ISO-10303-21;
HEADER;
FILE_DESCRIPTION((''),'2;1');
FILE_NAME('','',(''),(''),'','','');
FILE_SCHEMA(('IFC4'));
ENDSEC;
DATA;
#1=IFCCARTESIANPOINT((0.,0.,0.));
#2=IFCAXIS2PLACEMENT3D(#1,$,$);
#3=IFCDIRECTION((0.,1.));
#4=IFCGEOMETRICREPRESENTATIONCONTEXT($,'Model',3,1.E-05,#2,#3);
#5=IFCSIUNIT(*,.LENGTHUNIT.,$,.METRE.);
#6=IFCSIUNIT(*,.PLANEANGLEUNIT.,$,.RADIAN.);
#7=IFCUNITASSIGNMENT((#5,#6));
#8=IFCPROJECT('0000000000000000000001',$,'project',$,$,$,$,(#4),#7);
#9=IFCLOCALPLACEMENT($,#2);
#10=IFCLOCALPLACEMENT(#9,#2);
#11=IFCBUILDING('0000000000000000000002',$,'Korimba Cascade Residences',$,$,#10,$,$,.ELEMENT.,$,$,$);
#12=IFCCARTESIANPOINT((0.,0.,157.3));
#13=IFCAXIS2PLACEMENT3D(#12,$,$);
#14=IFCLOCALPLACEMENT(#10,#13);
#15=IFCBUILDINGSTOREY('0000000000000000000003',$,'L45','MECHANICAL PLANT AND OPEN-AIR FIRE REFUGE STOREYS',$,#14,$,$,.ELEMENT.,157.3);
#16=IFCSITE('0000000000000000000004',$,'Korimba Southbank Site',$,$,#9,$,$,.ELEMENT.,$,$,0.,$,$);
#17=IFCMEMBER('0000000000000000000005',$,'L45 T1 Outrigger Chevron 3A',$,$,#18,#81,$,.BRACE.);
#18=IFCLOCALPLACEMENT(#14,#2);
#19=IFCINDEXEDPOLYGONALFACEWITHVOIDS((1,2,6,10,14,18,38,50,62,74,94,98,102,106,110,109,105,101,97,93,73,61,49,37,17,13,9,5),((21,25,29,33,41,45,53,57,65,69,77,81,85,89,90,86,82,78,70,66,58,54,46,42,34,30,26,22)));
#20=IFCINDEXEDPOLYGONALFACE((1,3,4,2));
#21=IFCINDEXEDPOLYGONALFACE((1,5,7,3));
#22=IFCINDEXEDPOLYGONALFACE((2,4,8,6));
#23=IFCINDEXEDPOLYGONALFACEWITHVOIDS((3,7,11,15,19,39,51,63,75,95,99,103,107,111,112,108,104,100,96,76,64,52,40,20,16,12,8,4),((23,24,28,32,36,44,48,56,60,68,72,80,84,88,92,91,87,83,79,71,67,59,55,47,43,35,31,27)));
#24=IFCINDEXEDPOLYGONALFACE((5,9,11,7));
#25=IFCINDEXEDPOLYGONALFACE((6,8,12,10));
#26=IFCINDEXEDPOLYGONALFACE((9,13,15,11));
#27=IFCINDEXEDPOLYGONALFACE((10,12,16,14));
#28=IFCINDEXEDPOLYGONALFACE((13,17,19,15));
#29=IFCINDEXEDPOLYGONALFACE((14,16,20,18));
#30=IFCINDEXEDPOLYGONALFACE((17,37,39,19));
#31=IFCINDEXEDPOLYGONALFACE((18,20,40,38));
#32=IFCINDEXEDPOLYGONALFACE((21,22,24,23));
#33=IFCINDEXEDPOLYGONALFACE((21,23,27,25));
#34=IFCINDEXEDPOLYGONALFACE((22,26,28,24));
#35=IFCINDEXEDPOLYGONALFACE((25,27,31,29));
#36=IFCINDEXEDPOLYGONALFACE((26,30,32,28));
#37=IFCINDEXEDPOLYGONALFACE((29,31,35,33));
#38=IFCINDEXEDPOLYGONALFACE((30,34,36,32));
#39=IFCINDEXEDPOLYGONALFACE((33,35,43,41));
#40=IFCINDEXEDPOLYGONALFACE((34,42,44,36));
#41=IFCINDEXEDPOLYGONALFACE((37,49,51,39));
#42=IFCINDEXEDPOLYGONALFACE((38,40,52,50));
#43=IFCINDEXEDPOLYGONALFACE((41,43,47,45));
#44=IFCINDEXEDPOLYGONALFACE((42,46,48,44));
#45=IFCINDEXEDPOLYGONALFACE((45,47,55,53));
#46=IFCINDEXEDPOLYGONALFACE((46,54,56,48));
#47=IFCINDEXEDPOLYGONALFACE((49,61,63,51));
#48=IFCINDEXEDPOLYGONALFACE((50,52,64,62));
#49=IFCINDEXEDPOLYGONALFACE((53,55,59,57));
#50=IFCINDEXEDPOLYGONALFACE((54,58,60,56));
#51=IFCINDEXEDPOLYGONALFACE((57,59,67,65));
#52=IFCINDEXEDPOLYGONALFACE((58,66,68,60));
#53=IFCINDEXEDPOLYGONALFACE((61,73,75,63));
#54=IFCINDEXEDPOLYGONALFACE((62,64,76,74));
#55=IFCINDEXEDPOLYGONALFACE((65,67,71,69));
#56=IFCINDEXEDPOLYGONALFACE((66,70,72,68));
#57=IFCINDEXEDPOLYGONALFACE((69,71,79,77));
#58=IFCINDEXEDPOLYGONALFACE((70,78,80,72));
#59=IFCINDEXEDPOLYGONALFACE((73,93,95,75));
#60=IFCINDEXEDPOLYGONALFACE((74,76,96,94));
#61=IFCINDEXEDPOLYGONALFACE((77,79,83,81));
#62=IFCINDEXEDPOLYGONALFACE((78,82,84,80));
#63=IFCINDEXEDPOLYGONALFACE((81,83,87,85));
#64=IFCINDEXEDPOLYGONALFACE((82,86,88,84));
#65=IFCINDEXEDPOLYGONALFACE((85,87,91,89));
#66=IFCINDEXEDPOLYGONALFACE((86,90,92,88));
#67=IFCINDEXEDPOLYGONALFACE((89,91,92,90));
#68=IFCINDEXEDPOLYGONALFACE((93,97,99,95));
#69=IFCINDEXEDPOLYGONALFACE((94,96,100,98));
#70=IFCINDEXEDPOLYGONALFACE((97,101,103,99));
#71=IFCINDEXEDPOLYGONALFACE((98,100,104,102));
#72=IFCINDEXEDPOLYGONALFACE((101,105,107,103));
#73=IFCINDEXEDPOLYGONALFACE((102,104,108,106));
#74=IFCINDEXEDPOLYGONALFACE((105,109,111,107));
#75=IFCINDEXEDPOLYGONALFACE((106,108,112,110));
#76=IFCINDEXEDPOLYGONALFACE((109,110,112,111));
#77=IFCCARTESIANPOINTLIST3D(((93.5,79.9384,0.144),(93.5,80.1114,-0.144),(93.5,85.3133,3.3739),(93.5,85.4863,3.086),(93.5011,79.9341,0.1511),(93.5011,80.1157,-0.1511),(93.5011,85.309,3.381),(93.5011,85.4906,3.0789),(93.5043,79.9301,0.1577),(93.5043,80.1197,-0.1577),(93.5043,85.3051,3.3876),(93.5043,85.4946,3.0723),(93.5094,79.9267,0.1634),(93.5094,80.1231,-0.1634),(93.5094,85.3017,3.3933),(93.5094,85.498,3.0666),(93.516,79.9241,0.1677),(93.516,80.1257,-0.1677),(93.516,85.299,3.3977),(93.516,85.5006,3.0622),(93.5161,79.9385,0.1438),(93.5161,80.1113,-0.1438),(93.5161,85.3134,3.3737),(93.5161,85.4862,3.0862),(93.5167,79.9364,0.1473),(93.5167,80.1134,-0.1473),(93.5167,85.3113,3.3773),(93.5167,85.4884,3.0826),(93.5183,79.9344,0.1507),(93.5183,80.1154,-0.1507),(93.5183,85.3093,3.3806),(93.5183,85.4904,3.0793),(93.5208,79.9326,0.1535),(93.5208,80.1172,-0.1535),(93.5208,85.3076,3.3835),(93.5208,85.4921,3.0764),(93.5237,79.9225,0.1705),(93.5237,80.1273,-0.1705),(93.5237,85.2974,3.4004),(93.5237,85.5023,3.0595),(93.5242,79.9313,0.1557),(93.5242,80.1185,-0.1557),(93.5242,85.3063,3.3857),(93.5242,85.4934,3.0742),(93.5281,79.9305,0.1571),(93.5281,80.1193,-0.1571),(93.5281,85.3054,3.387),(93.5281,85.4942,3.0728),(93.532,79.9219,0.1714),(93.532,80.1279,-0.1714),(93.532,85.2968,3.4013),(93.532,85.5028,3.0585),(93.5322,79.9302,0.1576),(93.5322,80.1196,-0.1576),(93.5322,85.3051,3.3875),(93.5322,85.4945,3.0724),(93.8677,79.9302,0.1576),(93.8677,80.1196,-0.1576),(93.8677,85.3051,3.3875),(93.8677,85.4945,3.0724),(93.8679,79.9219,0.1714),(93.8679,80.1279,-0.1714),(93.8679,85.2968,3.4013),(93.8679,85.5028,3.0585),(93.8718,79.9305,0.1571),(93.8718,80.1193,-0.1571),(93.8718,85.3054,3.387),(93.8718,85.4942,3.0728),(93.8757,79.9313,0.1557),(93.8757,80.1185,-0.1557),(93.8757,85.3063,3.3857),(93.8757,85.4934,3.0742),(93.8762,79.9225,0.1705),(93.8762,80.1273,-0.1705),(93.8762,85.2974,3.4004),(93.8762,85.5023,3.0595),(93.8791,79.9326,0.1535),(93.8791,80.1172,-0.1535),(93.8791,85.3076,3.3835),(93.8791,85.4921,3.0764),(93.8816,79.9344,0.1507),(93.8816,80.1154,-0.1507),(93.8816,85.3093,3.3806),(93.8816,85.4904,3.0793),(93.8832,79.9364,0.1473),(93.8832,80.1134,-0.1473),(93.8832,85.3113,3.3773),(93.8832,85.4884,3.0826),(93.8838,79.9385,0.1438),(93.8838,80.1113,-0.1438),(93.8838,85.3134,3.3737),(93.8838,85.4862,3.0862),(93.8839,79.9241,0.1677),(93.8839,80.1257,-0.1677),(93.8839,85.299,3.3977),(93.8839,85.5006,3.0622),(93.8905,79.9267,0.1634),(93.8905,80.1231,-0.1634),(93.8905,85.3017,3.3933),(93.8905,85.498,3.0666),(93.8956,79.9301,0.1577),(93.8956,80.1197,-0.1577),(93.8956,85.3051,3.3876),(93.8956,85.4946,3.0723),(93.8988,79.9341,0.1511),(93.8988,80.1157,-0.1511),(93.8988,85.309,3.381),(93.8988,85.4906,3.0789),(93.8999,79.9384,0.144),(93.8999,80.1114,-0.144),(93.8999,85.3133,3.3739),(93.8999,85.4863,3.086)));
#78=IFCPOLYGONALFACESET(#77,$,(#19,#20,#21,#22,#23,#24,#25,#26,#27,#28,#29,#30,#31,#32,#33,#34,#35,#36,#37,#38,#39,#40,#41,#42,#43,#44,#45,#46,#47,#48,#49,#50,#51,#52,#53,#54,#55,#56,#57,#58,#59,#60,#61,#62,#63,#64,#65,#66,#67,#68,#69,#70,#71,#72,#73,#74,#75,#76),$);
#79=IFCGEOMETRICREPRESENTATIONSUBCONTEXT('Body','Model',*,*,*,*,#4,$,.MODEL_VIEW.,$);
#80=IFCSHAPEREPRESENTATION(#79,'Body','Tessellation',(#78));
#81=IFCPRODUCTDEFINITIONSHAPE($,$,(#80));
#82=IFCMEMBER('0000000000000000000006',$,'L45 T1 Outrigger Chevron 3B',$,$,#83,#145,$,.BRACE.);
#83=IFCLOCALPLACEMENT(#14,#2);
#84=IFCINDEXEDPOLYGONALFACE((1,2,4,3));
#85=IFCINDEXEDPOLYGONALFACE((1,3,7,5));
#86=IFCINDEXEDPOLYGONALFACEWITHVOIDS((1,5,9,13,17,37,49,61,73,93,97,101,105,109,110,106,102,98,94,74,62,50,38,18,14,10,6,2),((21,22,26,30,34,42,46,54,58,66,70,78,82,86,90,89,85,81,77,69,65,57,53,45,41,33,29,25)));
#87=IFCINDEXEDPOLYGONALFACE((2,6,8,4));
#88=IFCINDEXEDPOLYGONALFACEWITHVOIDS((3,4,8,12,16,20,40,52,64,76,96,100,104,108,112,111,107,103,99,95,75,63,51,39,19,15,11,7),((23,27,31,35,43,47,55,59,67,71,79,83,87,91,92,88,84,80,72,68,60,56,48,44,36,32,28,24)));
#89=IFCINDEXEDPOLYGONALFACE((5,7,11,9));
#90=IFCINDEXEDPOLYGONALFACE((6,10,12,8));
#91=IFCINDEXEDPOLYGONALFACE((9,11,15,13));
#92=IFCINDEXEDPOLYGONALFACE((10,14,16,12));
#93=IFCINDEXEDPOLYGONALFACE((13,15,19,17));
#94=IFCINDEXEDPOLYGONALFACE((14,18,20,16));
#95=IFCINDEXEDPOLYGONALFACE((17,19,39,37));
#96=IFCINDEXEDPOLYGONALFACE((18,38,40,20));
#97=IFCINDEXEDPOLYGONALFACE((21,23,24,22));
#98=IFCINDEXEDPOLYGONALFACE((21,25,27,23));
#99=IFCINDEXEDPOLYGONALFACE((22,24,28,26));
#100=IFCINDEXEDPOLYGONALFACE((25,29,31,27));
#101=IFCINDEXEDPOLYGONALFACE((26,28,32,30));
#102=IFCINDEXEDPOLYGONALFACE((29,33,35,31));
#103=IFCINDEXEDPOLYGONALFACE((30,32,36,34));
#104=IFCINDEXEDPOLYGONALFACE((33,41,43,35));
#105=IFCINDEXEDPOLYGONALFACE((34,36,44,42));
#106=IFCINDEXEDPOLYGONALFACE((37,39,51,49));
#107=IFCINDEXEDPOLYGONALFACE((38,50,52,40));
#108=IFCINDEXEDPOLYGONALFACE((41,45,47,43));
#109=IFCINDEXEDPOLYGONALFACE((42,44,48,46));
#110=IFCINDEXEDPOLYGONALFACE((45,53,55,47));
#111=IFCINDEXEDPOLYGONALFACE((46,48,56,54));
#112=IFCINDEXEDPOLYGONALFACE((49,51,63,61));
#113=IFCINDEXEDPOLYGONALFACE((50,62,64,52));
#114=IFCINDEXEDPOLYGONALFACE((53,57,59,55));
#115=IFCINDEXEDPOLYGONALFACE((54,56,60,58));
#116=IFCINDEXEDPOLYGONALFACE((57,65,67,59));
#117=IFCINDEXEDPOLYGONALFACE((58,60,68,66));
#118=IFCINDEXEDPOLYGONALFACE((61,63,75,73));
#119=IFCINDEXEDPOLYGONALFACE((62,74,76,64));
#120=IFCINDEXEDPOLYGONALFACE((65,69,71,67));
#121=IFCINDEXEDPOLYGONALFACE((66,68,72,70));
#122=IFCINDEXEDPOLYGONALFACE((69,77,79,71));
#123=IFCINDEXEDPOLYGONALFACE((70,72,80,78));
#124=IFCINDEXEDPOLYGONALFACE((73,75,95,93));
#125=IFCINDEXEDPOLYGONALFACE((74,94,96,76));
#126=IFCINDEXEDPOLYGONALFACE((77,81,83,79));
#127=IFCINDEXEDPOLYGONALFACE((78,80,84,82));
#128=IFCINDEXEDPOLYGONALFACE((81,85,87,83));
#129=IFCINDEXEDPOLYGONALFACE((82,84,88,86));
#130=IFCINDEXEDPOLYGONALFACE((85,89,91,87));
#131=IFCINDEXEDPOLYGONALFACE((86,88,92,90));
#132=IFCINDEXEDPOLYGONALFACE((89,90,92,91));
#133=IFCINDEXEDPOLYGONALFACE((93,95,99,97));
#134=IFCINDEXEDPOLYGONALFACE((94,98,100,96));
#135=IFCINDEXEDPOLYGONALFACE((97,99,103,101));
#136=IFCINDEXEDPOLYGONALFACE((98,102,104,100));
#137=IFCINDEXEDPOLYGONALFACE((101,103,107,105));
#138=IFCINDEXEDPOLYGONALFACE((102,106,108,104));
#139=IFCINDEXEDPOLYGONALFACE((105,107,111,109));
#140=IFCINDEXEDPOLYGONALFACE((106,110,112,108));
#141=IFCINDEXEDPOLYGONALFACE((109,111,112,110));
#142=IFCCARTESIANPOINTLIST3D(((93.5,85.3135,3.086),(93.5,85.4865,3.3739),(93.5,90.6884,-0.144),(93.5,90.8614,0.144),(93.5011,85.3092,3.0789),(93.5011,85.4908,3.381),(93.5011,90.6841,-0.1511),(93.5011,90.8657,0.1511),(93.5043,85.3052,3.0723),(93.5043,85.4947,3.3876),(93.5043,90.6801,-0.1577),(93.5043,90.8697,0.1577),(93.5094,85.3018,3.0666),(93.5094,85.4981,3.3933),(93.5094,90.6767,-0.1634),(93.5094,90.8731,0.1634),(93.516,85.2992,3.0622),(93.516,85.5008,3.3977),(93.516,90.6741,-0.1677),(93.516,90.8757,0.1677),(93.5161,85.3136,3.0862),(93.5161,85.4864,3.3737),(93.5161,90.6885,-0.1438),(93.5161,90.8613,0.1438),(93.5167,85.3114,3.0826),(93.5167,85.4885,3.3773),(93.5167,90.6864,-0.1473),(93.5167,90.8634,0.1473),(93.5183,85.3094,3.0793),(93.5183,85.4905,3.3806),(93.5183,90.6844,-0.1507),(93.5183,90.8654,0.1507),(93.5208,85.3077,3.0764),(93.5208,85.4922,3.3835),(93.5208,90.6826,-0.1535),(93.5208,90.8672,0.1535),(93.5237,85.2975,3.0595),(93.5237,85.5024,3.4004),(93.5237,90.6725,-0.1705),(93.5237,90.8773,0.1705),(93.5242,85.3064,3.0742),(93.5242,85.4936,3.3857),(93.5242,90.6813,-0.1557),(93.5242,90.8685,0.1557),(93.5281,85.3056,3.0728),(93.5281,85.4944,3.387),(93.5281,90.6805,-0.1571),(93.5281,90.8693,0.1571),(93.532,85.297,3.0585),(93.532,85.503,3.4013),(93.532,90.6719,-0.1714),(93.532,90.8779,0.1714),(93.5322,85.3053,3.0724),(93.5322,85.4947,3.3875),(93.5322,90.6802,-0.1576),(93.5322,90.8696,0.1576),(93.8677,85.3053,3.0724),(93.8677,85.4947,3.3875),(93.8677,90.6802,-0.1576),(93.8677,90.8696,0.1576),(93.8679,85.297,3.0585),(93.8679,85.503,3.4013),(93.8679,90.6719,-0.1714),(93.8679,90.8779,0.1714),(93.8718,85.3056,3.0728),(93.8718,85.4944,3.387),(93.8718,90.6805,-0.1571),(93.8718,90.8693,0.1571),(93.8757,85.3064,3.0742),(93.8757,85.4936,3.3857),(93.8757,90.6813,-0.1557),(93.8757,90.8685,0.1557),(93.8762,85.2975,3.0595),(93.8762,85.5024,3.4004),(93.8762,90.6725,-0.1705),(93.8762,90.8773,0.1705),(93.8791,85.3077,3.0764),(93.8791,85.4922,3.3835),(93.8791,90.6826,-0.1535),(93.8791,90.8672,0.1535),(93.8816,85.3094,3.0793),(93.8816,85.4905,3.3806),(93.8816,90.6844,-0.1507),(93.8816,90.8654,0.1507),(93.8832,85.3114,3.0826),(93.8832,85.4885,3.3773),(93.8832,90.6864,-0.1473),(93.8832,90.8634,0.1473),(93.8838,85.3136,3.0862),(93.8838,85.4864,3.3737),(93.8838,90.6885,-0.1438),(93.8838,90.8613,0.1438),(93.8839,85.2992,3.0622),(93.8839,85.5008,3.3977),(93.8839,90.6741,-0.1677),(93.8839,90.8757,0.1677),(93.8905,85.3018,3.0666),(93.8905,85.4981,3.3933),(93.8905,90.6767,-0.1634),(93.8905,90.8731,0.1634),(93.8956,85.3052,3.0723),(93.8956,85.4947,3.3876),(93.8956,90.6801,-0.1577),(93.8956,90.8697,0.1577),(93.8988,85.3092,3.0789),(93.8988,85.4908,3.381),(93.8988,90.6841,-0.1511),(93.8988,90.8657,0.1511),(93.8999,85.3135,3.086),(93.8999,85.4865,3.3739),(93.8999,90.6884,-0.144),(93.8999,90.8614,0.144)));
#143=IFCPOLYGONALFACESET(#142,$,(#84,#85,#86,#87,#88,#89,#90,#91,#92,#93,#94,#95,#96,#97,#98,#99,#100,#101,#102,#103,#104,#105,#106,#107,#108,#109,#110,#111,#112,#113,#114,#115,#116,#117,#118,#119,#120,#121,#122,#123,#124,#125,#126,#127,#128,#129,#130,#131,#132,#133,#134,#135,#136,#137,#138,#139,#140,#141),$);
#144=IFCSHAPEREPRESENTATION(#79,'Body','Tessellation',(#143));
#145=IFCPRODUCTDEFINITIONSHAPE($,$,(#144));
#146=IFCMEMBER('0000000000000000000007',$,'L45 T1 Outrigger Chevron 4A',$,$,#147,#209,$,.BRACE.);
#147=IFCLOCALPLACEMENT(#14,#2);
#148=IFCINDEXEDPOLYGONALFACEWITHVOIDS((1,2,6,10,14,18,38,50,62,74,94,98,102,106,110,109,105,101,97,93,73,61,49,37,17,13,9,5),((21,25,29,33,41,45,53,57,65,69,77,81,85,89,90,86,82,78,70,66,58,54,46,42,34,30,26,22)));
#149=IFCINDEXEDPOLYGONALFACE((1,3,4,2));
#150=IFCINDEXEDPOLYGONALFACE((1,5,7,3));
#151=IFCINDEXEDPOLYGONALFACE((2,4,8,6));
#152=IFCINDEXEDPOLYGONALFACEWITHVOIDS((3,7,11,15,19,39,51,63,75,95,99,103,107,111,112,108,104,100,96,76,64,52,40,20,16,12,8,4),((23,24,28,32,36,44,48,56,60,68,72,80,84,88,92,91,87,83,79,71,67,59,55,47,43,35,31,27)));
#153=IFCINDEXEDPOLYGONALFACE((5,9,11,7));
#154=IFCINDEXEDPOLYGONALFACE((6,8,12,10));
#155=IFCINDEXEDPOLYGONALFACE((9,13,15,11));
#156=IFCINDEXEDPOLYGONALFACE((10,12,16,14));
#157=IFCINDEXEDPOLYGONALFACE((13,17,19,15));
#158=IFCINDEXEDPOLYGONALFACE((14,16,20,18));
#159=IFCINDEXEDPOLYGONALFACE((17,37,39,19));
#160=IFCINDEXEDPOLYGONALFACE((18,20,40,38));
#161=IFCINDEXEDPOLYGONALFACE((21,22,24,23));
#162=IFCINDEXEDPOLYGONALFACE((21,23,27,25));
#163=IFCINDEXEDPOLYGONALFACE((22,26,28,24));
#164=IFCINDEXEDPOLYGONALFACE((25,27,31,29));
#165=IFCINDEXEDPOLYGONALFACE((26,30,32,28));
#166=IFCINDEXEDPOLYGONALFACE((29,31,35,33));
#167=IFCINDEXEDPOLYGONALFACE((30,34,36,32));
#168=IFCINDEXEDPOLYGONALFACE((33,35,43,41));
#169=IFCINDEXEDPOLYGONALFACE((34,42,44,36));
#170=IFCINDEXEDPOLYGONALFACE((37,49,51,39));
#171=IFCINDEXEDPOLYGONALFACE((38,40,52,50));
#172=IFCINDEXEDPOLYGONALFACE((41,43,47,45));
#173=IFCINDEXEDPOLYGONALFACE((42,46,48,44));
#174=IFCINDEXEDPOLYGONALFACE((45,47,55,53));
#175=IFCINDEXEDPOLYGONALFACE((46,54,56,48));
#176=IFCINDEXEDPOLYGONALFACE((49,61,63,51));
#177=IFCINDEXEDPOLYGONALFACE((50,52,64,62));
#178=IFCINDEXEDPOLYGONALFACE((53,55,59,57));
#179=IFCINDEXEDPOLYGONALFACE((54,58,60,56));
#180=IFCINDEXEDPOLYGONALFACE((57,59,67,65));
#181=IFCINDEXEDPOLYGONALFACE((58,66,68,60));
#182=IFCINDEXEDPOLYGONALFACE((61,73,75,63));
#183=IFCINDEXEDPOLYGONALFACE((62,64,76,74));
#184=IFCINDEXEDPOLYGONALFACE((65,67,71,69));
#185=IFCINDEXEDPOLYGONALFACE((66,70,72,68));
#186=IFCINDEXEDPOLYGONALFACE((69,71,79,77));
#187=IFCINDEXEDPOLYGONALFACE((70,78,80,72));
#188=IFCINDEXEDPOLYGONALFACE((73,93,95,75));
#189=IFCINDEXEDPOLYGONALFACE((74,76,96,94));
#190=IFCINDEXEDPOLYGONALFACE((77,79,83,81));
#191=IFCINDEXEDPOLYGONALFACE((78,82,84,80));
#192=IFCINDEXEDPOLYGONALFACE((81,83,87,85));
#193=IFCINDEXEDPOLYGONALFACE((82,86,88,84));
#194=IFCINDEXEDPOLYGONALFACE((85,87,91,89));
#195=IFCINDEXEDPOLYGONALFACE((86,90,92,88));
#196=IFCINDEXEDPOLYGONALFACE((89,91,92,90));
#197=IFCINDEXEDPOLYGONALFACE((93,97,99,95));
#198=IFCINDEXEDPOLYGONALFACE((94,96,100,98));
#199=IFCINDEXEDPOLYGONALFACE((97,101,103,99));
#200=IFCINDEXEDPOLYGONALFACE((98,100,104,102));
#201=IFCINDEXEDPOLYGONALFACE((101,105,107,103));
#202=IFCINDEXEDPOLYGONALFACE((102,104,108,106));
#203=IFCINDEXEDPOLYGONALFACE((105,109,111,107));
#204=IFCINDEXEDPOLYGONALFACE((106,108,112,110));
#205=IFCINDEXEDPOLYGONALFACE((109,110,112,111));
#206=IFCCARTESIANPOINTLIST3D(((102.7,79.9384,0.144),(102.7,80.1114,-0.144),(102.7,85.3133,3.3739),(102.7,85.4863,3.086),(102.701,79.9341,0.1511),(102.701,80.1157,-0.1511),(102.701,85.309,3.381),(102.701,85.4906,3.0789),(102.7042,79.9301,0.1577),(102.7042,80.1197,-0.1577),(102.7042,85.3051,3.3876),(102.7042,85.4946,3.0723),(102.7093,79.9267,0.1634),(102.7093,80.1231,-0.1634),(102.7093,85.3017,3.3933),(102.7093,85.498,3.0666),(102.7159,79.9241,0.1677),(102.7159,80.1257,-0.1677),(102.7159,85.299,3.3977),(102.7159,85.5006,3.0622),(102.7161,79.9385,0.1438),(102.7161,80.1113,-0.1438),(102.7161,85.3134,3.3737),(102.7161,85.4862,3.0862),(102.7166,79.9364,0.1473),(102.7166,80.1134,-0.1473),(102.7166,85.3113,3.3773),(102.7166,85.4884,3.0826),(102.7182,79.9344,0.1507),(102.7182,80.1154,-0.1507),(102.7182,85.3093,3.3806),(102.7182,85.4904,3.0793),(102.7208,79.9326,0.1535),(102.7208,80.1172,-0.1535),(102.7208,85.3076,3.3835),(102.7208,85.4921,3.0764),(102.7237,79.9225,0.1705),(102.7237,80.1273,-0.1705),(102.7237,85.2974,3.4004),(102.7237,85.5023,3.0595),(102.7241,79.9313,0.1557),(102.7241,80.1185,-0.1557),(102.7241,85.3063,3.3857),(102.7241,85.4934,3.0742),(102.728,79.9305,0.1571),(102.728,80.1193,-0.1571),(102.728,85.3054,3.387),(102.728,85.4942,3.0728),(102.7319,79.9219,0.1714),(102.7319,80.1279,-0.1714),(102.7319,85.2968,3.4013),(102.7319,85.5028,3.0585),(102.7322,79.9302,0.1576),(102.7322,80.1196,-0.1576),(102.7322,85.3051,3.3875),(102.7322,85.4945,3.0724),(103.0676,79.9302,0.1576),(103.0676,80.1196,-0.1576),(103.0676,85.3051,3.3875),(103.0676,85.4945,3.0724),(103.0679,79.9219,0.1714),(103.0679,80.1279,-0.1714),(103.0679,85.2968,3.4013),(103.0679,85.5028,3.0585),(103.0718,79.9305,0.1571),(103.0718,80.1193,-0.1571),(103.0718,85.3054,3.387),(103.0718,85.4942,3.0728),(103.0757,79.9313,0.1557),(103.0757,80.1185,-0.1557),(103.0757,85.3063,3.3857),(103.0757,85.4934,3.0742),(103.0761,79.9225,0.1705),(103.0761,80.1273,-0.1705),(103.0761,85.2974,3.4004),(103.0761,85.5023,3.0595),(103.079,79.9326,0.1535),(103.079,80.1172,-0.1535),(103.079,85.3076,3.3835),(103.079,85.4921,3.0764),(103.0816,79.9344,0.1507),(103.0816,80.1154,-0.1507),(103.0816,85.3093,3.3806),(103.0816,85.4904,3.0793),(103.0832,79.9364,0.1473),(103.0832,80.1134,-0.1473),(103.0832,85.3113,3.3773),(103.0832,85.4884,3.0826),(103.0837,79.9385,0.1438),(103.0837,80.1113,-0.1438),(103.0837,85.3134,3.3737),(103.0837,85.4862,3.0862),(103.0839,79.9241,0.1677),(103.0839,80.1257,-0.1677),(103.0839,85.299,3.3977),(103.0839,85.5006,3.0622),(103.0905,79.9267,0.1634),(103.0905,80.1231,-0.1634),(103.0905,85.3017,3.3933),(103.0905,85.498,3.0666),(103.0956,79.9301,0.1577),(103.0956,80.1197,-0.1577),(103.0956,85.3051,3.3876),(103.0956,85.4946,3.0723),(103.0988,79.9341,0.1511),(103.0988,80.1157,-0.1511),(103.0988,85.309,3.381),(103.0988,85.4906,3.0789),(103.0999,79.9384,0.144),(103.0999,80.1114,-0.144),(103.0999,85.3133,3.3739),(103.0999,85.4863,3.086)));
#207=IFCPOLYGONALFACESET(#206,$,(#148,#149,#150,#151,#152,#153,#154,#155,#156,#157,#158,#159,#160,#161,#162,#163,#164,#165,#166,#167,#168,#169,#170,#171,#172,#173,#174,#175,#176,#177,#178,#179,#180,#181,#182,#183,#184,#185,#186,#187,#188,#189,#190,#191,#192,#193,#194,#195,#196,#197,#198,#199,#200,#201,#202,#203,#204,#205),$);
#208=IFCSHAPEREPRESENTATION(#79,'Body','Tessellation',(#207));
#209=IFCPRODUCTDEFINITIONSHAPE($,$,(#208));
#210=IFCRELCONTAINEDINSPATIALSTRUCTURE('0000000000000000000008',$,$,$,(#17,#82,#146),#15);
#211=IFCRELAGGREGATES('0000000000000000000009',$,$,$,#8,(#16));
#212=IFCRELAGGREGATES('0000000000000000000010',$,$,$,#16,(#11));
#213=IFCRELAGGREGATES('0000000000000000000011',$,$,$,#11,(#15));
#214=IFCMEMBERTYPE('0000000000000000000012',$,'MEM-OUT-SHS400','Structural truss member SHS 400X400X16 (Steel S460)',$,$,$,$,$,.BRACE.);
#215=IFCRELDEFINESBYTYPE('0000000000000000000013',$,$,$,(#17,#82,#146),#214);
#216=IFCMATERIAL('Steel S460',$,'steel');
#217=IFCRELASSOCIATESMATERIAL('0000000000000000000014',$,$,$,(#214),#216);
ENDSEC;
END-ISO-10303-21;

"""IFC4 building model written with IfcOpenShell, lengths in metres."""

from ifc_helpers import new_model, si_unit, direction, frame, origin, origin_2d, place, context, subcontext, project, spatial, hollow_rectangle, extrude, material, material_profile, profile_set, type_object, element, save


model = new_model("IFC4")

# Units and contexts
model_context = context("Model", 3, precision=1e-05, world=origin(), true_north=direction((0.0, 1.0)))
body_context = subcontext(model_context, "Body", "Model", "MODEL_VIEW")
ifc_project = project(units=[si_unit("LENGTHUNIT", "METRE"), si_unit("PLANEANGLEUNIT", "RADIAN")], contexts=[model_context])

# Site, building, storey
site_placement = place(None, origin())
site = spatial("IfcSite", under=ifc_project, at=site_placement, Name="Korimba Southbank Site", CompositionType="ELEMENT", RefElevation=0.0)
building_placement = place(site_placement, origin())
building = spatial("IfcBuilding", under=site, at=building_placement, Name="Korimba Cascade Residences", CompositionType="ELEMENT")
storey_placement = place(building_placement, frame((0.0, 0.0, 157.3)))
storey = spatial("IfcBuildingStorey", under=building, at=storey_placement, Name="L45", Description="MECHANICAL PLANT AND OPEN-AIR FIRE REFUGE STOREYS", CompositionType="ELEMENT", Elevation=157.3)

# Members
ifc_material_1 = material(Name="Steel S460", Category="steel")
ifc_material_profile_1 = material_profile(ifc_material_1, hollow_rectangle(XDim=0.3999, YDim=0.3999, WallThickness=0.0161, InnerFilletRadius=0.0161, OuterFilletRadius=0.032, at=origin_2d()), Name="Steel S460")
ifc_profile_set_1 = profile_set([ifc_material_profile_1], Name="Steel S460")
member_type_1 = type_object("IfcMemberType", Name="MEM-OUT-SHS400", Description="Structural truss member SHS 400X400X16 (Steel S460)", PredefinedType="BRACE", material=ifc_profile_set_1)
for number, where, z_axis, x_axis, name in (
    (1, (93.7, 80.0249, 0.0), (0.0, 0.857142, 0.51508), (-1.0, 0.0, 0.0), "L45 T1 Outrigger Chevron 3A"),
    (2, (93.7, 90.7749, 0.0), (0.0, -0.857142, 0.51508), (1.0, 0.0, 0.0), "L45 T1 Outrigger Chevron 3B"),
    (3, (102.8999, 80.0249, 0.0), (0.0, 0.857142, 0.51508), (-1.0, 0.0, 0.0), "L45 T1 Outrigger Chevron 4A"),
):
    element("IfcMember", number, at=place(storey_placement, frame(where, z_axis=z_axis, x_axis=x_axis)), inside=storey, type_object=member_type_1, Name=name, PredefinedType="BRACE", context=body_context, shape_type="SweptSolid", body=[
        extrude(hollow_rectangle(XDim=0.3999, YDim=0.3999, WallThickness=0.0161, InnerFilletRadius=0.0161, OuterFilletRadius=0.032, at=origin_2d()), origin(), (0.0, 0.0, 1.0), 6.2708),
    ])

save(model, "model.ifc")
